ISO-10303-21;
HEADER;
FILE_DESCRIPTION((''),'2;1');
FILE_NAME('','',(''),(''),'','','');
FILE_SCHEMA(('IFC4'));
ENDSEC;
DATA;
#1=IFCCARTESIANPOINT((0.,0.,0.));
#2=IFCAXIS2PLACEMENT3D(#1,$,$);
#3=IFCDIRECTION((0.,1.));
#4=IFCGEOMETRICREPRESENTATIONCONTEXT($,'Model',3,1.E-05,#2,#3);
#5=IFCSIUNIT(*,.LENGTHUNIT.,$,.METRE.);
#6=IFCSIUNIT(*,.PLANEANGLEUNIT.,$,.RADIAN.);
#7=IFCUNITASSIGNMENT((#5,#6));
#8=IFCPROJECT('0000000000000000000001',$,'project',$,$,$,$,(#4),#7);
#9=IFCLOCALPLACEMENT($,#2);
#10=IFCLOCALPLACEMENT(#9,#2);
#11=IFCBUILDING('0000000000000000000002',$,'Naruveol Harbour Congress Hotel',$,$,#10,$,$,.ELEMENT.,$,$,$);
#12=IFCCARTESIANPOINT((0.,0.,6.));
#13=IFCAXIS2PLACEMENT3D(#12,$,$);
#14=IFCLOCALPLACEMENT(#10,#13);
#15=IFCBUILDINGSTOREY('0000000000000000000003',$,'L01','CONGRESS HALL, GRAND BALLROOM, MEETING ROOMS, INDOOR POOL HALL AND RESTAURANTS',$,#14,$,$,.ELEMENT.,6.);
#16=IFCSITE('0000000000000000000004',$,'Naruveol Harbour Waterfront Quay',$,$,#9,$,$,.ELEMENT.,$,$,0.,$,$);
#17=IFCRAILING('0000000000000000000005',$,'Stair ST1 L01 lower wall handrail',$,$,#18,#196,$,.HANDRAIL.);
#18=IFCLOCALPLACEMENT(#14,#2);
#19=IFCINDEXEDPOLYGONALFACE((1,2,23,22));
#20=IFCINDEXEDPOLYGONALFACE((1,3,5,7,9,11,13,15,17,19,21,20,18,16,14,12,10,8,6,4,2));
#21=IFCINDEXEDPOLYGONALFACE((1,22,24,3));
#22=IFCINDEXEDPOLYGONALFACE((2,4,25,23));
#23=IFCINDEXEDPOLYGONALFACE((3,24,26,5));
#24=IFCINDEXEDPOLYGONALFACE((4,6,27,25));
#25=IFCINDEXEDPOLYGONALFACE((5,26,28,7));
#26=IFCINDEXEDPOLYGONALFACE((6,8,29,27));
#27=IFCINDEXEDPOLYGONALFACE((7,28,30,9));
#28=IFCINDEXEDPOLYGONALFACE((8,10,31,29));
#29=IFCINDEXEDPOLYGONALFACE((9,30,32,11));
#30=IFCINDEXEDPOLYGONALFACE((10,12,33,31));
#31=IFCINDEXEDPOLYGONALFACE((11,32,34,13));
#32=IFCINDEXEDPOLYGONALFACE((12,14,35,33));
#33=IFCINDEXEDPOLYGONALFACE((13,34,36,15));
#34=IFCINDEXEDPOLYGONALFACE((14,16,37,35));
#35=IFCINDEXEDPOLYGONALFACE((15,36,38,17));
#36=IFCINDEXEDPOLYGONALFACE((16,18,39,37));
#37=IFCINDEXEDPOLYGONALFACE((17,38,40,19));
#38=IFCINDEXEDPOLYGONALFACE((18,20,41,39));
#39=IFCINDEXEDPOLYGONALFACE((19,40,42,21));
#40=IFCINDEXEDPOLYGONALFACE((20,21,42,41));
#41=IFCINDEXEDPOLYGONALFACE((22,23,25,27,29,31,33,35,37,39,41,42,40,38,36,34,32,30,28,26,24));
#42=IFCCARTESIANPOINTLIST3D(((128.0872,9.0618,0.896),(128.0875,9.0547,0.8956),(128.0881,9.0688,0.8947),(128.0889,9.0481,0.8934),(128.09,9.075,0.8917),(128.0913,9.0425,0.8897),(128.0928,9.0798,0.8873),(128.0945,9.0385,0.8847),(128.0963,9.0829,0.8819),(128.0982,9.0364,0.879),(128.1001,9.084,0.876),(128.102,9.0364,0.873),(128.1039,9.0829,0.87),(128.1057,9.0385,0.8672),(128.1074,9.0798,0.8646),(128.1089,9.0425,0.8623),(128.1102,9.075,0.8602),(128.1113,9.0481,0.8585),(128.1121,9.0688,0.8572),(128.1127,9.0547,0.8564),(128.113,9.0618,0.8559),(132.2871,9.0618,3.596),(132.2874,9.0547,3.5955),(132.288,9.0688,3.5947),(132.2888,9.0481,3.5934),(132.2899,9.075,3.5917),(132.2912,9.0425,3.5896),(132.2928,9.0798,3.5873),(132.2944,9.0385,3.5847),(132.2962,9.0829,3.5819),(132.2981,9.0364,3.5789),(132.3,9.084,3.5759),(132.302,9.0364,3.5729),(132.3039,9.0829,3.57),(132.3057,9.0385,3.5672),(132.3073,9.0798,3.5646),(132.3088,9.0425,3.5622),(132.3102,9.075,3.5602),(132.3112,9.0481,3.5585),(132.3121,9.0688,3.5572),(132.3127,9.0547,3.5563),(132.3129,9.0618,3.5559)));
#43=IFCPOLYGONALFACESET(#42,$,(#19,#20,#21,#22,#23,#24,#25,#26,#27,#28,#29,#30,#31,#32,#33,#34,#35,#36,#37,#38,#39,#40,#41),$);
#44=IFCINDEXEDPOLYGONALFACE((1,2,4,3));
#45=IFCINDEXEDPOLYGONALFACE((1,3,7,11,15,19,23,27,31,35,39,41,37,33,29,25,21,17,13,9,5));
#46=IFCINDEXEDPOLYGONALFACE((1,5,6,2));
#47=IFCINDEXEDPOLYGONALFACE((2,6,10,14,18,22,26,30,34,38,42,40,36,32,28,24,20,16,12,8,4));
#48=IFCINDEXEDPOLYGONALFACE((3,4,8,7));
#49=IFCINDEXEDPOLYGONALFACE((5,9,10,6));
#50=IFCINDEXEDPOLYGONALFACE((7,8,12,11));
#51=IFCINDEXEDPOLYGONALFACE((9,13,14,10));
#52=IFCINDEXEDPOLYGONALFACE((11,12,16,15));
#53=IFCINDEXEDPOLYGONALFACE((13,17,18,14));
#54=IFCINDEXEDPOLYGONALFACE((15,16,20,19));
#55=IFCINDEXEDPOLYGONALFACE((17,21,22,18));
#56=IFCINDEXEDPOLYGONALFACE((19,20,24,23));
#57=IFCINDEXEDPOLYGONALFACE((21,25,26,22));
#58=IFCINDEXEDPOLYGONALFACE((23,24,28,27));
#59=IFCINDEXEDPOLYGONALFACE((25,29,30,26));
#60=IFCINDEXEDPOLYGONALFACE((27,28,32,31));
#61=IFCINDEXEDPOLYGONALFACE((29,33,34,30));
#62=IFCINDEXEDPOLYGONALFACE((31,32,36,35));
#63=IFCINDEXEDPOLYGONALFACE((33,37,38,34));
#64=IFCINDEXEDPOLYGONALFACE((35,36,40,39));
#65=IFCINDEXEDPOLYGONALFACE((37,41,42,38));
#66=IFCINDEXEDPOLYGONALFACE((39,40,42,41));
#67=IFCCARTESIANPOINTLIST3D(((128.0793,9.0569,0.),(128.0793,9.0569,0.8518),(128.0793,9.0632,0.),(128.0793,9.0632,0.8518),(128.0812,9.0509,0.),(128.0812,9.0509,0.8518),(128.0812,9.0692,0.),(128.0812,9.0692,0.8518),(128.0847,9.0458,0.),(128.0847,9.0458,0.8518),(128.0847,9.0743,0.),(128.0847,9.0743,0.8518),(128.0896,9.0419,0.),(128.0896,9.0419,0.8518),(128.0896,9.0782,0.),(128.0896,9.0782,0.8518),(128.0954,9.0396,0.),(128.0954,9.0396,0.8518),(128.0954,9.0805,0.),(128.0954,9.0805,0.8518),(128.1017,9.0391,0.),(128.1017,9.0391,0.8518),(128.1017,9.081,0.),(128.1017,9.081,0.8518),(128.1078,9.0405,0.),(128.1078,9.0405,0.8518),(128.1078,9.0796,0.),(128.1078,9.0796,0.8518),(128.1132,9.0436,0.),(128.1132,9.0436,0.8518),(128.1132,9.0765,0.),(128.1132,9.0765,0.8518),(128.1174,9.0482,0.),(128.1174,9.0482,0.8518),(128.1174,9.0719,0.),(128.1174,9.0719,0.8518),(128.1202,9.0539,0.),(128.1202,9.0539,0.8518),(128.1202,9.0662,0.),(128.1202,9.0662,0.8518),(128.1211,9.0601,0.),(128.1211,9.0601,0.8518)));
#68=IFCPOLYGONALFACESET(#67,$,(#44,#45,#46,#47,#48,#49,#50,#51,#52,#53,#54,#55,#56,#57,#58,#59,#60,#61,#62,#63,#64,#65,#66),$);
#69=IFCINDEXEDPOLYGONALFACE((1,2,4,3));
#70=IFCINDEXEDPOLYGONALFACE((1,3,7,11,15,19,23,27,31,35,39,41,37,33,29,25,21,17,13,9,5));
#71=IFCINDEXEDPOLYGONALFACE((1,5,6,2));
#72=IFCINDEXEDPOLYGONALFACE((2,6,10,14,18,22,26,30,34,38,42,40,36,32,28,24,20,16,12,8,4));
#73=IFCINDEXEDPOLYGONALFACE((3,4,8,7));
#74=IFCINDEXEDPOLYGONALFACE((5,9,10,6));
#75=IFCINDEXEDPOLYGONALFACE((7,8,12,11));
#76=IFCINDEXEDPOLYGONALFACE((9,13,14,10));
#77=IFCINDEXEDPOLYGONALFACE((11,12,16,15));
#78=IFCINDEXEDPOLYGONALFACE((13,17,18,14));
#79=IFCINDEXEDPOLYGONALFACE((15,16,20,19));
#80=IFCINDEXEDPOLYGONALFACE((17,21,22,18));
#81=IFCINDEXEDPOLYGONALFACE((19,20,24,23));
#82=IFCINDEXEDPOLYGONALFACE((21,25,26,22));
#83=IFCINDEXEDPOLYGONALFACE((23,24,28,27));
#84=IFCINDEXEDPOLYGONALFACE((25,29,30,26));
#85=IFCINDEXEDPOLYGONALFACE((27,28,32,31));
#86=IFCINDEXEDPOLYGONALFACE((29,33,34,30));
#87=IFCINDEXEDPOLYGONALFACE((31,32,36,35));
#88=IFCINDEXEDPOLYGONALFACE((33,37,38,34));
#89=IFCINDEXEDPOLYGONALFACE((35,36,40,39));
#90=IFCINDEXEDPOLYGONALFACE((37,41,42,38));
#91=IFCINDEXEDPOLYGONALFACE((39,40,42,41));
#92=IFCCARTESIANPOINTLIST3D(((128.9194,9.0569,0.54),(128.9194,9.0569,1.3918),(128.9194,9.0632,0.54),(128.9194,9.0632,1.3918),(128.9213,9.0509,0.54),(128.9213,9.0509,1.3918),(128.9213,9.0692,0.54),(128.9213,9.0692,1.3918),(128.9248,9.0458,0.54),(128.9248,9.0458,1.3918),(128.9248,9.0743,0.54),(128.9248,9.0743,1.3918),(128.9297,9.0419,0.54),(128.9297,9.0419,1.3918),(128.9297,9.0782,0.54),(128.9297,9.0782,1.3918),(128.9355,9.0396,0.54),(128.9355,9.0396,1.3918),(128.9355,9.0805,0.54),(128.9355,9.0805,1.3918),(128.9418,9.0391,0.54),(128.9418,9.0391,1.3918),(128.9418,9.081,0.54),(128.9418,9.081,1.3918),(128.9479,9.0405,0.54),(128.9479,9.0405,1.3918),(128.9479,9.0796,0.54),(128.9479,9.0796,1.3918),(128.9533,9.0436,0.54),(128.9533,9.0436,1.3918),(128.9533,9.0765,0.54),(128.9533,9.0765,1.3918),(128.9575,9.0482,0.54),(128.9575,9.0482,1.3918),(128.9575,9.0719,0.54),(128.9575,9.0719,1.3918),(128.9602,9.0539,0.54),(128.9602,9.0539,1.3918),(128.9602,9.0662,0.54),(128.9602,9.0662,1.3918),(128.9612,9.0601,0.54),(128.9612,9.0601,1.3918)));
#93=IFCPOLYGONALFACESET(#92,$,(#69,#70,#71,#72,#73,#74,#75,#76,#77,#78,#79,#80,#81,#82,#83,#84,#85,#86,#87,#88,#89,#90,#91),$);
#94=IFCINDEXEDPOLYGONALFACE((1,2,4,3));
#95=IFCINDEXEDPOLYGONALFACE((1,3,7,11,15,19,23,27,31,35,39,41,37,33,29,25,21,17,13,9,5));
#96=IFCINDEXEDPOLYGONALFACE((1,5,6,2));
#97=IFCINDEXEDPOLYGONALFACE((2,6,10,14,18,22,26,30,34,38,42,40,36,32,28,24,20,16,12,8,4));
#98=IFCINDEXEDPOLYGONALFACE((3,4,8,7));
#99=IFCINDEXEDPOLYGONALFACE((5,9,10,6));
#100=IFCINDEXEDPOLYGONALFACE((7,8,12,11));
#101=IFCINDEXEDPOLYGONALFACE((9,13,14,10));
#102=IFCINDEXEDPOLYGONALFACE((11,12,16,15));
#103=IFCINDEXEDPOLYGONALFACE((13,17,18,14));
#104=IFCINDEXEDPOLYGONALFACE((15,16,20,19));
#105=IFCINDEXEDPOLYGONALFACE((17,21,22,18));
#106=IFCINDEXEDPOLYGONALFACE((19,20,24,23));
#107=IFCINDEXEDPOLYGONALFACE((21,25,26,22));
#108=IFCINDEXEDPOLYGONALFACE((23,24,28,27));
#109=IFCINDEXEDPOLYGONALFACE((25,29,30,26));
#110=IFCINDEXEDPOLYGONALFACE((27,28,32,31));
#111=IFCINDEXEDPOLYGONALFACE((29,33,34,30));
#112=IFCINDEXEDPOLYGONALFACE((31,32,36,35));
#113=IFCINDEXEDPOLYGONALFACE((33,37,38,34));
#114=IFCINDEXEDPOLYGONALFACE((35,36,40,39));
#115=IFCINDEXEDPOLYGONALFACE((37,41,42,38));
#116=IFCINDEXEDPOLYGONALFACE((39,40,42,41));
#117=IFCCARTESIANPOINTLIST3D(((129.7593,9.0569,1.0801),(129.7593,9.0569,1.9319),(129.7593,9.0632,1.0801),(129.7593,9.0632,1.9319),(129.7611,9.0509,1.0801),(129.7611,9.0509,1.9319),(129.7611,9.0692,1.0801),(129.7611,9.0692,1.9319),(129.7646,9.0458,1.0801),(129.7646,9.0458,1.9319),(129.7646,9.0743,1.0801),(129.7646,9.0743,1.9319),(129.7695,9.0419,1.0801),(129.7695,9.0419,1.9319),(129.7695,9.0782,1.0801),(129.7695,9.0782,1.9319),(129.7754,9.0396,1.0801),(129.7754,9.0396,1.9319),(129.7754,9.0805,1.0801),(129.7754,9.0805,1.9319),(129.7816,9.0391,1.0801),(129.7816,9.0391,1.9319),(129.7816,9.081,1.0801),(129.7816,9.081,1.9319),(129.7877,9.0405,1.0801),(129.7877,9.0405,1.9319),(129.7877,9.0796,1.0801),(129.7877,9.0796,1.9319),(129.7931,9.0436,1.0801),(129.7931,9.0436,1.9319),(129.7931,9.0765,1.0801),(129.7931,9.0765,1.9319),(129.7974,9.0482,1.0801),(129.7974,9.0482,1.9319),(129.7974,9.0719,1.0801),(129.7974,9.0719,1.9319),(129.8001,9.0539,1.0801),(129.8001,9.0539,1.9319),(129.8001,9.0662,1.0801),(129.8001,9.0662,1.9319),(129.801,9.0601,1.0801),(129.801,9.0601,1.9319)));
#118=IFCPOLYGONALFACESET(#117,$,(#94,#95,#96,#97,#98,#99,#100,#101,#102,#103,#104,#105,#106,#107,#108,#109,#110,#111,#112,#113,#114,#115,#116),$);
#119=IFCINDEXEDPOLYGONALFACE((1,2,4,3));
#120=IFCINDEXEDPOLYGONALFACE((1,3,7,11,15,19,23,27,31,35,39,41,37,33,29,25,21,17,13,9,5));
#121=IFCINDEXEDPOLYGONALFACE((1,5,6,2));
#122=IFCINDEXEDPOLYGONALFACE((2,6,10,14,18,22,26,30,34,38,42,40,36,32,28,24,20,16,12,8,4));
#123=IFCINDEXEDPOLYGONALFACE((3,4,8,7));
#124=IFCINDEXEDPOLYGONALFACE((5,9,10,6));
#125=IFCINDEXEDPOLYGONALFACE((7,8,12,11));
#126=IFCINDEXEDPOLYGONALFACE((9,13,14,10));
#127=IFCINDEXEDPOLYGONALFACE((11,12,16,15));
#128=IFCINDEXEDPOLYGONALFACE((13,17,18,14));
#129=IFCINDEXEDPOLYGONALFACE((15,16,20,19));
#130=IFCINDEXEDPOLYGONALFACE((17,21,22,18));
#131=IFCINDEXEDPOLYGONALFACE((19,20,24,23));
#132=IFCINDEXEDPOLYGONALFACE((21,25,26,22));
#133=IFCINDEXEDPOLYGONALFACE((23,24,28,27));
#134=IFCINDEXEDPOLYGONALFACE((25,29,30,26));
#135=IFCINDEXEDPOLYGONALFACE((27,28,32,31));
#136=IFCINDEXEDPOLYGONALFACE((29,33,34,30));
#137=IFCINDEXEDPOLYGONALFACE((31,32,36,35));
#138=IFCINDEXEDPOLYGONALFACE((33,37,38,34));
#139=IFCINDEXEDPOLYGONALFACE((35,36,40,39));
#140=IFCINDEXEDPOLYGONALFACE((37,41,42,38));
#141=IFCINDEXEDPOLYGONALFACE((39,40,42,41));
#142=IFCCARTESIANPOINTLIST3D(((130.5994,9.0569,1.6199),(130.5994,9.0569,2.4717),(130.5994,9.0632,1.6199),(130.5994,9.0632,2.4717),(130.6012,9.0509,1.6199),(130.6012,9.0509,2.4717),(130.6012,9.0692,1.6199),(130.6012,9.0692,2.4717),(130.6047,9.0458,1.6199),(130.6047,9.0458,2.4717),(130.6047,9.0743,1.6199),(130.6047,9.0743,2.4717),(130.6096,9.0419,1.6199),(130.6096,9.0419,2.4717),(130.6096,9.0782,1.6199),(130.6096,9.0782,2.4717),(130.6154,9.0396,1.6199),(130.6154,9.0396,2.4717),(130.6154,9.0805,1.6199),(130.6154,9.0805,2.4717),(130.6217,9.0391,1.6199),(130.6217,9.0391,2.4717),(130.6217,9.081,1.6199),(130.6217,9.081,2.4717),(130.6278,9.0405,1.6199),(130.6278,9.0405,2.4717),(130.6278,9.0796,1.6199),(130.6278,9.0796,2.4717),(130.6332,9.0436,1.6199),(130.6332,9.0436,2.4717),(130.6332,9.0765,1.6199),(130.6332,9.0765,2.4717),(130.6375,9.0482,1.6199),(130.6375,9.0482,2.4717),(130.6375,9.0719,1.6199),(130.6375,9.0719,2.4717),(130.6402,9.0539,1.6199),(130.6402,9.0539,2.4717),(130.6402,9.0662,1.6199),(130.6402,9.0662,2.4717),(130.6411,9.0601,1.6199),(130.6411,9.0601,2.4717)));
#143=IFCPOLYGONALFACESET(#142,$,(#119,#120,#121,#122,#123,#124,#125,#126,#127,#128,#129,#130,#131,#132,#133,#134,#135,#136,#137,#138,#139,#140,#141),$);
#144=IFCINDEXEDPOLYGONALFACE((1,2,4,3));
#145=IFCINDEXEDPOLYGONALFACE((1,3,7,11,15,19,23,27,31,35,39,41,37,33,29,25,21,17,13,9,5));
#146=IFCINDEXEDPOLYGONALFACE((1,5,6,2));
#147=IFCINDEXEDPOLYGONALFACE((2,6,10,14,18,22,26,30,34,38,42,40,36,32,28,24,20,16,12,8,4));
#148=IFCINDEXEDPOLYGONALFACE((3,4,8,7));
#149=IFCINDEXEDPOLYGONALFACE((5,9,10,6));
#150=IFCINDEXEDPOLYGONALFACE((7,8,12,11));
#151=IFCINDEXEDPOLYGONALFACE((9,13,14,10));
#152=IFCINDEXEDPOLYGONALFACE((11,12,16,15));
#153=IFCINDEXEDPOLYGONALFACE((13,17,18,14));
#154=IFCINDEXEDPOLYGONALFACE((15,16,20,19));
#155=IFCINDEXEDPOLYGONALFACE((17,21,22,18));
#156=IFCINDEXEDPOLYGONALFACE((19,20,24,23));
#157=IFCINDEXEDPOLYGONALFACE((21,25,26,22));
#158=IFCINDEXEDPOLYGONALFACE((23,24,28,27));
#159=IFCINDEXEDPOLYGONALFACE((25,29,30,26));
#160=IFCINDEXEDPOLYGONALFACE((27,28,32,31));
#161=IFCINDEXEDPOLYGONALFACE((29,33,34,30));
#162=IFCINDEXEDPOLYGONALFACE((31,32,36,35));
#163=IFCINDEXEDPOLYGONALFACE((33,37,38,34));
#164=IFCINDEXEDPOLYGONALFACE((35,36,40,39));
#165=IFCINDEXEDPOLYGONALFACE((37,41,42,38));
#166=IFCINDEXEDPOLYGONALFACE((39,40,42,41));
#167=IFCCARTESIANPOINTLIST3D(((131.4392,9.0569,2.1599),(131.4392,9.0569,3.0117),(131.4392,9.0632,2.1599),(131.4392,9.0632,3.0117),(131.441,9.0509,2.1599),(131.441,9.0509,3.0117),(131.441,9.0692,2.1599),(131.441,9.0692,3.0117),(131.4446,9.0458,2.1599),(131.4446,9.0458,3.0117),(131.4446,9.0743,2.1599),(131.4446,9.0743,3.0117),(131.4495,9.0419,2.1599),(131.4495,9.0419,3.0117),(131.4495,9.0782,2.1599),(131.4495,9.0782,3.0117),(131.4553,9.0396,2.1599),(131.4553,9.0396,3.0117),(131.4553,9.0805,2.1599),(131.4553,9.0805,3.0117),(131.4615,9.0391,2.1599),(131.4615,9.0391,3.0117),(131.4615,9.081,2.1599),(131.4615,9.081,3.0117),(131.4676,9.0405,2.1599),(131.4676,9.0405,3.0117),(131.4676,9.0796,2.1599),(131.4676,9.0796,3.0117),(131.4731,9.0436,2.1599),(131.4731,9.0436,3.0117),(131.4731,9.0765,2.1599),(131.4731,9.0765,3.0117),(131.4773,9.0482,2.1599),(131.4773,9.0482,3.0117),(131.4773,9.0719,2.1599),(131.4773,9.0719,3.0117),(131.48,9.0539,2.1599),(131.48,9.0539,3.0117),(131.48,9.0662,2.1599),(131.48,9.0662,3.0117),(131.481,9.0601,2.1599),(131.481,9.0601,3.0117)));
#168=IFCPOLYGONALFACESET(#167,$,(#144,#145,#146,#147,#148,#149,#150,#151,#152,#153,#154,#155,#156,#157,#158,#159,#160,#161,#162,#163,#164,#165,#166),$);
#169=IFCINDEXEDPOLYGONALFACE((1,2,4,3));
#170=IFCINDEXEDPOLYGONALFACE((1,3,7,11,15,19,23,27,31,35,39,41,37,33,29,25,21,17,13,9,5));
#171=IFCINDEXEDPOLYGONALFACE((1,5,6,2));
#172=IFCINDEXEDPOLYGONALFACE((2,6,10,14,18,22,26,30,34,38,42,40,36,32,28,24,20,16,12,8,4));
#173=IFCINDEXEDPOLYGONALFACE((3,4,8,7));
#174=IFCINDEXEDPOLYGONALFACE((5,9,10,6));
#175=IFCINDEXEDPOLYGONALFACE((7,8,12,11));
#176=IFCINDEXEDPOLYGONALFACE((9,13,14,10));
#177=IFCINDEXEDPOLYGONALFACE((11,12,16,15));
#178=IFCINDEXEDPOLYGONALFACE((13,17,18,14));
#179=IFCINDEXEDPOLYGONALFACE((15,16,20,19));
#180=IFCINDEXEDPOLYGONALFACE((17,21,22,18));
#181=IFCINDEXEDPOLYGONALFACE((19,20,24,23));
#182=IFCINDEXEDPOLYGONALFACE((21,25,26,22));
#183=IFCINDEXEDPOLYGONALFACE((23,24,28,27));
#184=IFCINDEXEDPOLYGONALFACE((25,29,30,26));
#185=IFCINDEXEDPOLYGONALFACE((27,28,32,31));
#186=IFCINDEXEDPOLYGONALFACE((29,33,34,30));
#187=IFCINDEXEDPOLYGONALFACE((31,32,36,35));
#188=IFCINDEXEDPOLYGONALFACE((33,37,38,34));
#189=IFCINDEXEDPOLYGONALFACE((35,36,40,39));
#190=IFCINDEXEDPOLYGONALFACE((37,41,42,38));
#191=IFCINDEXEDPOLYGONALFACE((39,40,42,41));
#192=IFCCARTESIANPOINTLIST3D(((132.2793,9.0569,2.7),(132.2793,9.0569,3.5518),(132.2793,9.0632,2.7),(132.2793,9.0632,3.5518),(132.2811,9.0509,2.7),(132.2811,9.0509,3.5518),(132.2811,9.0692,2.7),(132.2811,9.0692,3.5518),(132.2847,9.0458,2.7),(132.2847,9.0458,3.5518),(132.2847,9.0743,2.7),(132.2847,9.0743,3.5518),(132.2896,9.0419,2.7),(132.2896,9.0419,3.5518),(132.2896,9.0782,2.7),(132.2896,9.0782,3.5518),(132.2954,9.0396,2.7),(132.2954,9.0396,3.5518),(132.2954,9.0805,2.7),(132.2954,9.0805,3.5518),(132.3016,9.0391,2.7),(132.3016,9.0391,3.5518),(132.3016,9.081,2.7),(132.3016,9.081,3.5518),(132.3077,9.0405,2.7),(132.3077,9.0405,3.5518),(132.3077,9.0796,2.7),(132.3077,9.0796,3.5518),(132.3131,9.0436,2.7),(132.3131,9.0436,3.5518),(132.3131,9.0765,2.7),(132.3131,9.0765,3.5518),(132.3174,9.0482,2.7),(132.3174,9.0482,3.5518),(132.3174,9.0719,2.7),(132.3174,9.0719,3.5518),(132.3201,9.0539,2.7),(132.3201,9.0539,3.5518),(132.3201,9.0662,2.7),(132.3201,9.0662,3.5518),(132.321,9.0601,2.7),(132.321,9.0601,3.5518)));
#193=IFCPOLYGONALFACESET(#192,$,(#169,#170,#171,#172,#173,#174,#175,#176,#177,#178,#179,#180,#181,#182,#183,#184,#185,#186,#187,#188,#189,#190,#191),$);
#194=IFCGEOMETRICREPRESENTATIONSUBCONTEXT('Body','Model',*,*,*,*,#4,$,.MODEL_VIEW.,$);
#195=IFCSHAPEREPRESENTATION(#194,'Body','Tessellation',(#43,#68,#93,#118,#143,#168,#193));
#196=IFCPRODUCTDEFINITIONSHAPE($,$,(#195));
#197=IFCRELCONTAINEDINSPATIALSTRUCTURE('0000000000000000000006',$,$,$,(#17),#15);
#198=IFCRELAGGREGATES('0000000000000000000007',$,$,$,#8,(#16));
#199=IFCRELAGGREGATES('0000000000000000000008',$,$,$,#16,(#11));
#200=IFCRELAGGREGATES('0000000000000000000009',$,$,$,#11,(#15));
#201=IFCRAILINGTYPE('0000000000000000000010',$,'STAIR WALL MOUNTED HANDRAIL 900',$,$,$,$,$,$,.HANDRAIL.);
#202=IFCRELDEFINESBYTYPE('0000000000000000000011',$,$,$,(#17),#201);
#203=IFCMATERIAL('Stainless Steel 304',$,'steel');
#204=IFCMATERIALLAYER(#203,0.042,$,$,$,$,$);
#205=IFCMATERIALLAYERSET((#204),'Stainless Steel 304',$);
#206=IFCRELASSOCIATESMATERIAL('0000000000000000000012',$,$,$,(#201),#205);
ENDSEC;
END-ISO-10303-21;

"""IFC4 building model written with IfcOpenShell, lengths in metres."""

from ifc_helpers import new_model, si_unit, direction, frame, origin, origin_2d, place, context, subcontext, project, spatial, circle, extrude, material, layer, layer_set, type_object, element, save


model = new_model("IFC4")

# Units and contexts
model_context = context("Model", 3, precision=1e-05, world=origin(), true_north=direction((0.0, 1.0)))
body_context = subcontext(model_context, "Body", "Model", "MODEL_VIEW")
ifc_project = project(units=[si_unit("LENGTHUNIT", "METRE"), si_unit("PLANEANGLEUNIT", "RADIAN")], contexts=[model_context])

# Site, building, storey
site_placement = place(None, origin())
site = spatial("IfcSite", under=ifc_project, at=site_placement, Name="Naruveol Harbour Waterfront Quay", CompositionType="ELEMENT", RefElevation=0.0)
building_placement = place(site_placement, origin())
building = spatial("IfcBuilding", under=site, at=building_placement, Name="Naruveol Harbour Congress Hotel", CompositionType="ELEMENT")
storey_placement = place(building_placement, frame((0.0, 0.0, 6.0)))
storey = spatial("IfcBuildingStorey", under=building, at=storey_placement, Name="L01", Description="CONGRESS HALL, GRAND BALLROOM, MEETING ROOMS, INDOOR POOL HALL AND RESTAURANTS", CompositionType="ELEMENT", Elevation=6.0)

# Railing
ifc_material_1 = material(Name="Stainless Steel 304", Category="steel")
ifc_layer_1 = layer(ifc_material_1, 0.042)
ifc_layer_set_1 = layer_set([ifc_layer_1], Name="Stainless Steel 304")
railing_type_1 = type_object("IfcRailingType", Name="STAIR WALL MOUNTED HANDRAIL 900", PredefinedType="HANDRAIL", material=ifc_layer_set_1)
railing_1_placement = place(storey_placement, frame((128.1001, 9.0601, 0.0)))
element("IfcRailing", 1, at=railing_1_placement, inside=storey, type_object=railing_type_1, Name="Stair ST1 L01 lower wall handrail", PredefinedType="HANDRAIL", context=body_context, shape_type="SweptSolid", body=[
    extrude(circle(Radius=0.0239, at=origin_2d()), frame((0.0, 0.0, 0.876), z_axis=(0.84118, 0.0, 0.540755), x_axis=(0.0, 1.0, 0.0)), (0.0, 0.0, 1.0), 4.9929),
    extrude(circle(Radius=0.021, at=origin_2d()), origin(), (0.0, 0.0, 1.0), 0.8518),
    extrude(circle(Radius=0.021, at=origin_2d()), frame((0.8401, 0.0, 0.54)), (0.0, 0.0, 1.0), 0.8518),
    extrude(circle(Radius=0.021, at=origin_2d()), frame((1.6799, 0.0, 1.0801)), (0.0, 0.0, 1.0), 0.8518),
    extrude(circle(Radius=0.021, at=origin_2d()), frame((2.52, 0.0, 1.6199)), (0.0, 0.0, 1.0), 0.8518),
    extrude(circle(Radius=0.021, at=origin_2d()), frame((3.3599, 0.0, 2.1599)), (0.0, 0.0, 1.0), 0.8518),
    extrude(circle(Radius=0.021, at=origin_2d()), frame((4.2, 0.0, 2.7)), (0.0, 0.0, 1.0), 0.8518),
])

save(model, "model.ifc")
